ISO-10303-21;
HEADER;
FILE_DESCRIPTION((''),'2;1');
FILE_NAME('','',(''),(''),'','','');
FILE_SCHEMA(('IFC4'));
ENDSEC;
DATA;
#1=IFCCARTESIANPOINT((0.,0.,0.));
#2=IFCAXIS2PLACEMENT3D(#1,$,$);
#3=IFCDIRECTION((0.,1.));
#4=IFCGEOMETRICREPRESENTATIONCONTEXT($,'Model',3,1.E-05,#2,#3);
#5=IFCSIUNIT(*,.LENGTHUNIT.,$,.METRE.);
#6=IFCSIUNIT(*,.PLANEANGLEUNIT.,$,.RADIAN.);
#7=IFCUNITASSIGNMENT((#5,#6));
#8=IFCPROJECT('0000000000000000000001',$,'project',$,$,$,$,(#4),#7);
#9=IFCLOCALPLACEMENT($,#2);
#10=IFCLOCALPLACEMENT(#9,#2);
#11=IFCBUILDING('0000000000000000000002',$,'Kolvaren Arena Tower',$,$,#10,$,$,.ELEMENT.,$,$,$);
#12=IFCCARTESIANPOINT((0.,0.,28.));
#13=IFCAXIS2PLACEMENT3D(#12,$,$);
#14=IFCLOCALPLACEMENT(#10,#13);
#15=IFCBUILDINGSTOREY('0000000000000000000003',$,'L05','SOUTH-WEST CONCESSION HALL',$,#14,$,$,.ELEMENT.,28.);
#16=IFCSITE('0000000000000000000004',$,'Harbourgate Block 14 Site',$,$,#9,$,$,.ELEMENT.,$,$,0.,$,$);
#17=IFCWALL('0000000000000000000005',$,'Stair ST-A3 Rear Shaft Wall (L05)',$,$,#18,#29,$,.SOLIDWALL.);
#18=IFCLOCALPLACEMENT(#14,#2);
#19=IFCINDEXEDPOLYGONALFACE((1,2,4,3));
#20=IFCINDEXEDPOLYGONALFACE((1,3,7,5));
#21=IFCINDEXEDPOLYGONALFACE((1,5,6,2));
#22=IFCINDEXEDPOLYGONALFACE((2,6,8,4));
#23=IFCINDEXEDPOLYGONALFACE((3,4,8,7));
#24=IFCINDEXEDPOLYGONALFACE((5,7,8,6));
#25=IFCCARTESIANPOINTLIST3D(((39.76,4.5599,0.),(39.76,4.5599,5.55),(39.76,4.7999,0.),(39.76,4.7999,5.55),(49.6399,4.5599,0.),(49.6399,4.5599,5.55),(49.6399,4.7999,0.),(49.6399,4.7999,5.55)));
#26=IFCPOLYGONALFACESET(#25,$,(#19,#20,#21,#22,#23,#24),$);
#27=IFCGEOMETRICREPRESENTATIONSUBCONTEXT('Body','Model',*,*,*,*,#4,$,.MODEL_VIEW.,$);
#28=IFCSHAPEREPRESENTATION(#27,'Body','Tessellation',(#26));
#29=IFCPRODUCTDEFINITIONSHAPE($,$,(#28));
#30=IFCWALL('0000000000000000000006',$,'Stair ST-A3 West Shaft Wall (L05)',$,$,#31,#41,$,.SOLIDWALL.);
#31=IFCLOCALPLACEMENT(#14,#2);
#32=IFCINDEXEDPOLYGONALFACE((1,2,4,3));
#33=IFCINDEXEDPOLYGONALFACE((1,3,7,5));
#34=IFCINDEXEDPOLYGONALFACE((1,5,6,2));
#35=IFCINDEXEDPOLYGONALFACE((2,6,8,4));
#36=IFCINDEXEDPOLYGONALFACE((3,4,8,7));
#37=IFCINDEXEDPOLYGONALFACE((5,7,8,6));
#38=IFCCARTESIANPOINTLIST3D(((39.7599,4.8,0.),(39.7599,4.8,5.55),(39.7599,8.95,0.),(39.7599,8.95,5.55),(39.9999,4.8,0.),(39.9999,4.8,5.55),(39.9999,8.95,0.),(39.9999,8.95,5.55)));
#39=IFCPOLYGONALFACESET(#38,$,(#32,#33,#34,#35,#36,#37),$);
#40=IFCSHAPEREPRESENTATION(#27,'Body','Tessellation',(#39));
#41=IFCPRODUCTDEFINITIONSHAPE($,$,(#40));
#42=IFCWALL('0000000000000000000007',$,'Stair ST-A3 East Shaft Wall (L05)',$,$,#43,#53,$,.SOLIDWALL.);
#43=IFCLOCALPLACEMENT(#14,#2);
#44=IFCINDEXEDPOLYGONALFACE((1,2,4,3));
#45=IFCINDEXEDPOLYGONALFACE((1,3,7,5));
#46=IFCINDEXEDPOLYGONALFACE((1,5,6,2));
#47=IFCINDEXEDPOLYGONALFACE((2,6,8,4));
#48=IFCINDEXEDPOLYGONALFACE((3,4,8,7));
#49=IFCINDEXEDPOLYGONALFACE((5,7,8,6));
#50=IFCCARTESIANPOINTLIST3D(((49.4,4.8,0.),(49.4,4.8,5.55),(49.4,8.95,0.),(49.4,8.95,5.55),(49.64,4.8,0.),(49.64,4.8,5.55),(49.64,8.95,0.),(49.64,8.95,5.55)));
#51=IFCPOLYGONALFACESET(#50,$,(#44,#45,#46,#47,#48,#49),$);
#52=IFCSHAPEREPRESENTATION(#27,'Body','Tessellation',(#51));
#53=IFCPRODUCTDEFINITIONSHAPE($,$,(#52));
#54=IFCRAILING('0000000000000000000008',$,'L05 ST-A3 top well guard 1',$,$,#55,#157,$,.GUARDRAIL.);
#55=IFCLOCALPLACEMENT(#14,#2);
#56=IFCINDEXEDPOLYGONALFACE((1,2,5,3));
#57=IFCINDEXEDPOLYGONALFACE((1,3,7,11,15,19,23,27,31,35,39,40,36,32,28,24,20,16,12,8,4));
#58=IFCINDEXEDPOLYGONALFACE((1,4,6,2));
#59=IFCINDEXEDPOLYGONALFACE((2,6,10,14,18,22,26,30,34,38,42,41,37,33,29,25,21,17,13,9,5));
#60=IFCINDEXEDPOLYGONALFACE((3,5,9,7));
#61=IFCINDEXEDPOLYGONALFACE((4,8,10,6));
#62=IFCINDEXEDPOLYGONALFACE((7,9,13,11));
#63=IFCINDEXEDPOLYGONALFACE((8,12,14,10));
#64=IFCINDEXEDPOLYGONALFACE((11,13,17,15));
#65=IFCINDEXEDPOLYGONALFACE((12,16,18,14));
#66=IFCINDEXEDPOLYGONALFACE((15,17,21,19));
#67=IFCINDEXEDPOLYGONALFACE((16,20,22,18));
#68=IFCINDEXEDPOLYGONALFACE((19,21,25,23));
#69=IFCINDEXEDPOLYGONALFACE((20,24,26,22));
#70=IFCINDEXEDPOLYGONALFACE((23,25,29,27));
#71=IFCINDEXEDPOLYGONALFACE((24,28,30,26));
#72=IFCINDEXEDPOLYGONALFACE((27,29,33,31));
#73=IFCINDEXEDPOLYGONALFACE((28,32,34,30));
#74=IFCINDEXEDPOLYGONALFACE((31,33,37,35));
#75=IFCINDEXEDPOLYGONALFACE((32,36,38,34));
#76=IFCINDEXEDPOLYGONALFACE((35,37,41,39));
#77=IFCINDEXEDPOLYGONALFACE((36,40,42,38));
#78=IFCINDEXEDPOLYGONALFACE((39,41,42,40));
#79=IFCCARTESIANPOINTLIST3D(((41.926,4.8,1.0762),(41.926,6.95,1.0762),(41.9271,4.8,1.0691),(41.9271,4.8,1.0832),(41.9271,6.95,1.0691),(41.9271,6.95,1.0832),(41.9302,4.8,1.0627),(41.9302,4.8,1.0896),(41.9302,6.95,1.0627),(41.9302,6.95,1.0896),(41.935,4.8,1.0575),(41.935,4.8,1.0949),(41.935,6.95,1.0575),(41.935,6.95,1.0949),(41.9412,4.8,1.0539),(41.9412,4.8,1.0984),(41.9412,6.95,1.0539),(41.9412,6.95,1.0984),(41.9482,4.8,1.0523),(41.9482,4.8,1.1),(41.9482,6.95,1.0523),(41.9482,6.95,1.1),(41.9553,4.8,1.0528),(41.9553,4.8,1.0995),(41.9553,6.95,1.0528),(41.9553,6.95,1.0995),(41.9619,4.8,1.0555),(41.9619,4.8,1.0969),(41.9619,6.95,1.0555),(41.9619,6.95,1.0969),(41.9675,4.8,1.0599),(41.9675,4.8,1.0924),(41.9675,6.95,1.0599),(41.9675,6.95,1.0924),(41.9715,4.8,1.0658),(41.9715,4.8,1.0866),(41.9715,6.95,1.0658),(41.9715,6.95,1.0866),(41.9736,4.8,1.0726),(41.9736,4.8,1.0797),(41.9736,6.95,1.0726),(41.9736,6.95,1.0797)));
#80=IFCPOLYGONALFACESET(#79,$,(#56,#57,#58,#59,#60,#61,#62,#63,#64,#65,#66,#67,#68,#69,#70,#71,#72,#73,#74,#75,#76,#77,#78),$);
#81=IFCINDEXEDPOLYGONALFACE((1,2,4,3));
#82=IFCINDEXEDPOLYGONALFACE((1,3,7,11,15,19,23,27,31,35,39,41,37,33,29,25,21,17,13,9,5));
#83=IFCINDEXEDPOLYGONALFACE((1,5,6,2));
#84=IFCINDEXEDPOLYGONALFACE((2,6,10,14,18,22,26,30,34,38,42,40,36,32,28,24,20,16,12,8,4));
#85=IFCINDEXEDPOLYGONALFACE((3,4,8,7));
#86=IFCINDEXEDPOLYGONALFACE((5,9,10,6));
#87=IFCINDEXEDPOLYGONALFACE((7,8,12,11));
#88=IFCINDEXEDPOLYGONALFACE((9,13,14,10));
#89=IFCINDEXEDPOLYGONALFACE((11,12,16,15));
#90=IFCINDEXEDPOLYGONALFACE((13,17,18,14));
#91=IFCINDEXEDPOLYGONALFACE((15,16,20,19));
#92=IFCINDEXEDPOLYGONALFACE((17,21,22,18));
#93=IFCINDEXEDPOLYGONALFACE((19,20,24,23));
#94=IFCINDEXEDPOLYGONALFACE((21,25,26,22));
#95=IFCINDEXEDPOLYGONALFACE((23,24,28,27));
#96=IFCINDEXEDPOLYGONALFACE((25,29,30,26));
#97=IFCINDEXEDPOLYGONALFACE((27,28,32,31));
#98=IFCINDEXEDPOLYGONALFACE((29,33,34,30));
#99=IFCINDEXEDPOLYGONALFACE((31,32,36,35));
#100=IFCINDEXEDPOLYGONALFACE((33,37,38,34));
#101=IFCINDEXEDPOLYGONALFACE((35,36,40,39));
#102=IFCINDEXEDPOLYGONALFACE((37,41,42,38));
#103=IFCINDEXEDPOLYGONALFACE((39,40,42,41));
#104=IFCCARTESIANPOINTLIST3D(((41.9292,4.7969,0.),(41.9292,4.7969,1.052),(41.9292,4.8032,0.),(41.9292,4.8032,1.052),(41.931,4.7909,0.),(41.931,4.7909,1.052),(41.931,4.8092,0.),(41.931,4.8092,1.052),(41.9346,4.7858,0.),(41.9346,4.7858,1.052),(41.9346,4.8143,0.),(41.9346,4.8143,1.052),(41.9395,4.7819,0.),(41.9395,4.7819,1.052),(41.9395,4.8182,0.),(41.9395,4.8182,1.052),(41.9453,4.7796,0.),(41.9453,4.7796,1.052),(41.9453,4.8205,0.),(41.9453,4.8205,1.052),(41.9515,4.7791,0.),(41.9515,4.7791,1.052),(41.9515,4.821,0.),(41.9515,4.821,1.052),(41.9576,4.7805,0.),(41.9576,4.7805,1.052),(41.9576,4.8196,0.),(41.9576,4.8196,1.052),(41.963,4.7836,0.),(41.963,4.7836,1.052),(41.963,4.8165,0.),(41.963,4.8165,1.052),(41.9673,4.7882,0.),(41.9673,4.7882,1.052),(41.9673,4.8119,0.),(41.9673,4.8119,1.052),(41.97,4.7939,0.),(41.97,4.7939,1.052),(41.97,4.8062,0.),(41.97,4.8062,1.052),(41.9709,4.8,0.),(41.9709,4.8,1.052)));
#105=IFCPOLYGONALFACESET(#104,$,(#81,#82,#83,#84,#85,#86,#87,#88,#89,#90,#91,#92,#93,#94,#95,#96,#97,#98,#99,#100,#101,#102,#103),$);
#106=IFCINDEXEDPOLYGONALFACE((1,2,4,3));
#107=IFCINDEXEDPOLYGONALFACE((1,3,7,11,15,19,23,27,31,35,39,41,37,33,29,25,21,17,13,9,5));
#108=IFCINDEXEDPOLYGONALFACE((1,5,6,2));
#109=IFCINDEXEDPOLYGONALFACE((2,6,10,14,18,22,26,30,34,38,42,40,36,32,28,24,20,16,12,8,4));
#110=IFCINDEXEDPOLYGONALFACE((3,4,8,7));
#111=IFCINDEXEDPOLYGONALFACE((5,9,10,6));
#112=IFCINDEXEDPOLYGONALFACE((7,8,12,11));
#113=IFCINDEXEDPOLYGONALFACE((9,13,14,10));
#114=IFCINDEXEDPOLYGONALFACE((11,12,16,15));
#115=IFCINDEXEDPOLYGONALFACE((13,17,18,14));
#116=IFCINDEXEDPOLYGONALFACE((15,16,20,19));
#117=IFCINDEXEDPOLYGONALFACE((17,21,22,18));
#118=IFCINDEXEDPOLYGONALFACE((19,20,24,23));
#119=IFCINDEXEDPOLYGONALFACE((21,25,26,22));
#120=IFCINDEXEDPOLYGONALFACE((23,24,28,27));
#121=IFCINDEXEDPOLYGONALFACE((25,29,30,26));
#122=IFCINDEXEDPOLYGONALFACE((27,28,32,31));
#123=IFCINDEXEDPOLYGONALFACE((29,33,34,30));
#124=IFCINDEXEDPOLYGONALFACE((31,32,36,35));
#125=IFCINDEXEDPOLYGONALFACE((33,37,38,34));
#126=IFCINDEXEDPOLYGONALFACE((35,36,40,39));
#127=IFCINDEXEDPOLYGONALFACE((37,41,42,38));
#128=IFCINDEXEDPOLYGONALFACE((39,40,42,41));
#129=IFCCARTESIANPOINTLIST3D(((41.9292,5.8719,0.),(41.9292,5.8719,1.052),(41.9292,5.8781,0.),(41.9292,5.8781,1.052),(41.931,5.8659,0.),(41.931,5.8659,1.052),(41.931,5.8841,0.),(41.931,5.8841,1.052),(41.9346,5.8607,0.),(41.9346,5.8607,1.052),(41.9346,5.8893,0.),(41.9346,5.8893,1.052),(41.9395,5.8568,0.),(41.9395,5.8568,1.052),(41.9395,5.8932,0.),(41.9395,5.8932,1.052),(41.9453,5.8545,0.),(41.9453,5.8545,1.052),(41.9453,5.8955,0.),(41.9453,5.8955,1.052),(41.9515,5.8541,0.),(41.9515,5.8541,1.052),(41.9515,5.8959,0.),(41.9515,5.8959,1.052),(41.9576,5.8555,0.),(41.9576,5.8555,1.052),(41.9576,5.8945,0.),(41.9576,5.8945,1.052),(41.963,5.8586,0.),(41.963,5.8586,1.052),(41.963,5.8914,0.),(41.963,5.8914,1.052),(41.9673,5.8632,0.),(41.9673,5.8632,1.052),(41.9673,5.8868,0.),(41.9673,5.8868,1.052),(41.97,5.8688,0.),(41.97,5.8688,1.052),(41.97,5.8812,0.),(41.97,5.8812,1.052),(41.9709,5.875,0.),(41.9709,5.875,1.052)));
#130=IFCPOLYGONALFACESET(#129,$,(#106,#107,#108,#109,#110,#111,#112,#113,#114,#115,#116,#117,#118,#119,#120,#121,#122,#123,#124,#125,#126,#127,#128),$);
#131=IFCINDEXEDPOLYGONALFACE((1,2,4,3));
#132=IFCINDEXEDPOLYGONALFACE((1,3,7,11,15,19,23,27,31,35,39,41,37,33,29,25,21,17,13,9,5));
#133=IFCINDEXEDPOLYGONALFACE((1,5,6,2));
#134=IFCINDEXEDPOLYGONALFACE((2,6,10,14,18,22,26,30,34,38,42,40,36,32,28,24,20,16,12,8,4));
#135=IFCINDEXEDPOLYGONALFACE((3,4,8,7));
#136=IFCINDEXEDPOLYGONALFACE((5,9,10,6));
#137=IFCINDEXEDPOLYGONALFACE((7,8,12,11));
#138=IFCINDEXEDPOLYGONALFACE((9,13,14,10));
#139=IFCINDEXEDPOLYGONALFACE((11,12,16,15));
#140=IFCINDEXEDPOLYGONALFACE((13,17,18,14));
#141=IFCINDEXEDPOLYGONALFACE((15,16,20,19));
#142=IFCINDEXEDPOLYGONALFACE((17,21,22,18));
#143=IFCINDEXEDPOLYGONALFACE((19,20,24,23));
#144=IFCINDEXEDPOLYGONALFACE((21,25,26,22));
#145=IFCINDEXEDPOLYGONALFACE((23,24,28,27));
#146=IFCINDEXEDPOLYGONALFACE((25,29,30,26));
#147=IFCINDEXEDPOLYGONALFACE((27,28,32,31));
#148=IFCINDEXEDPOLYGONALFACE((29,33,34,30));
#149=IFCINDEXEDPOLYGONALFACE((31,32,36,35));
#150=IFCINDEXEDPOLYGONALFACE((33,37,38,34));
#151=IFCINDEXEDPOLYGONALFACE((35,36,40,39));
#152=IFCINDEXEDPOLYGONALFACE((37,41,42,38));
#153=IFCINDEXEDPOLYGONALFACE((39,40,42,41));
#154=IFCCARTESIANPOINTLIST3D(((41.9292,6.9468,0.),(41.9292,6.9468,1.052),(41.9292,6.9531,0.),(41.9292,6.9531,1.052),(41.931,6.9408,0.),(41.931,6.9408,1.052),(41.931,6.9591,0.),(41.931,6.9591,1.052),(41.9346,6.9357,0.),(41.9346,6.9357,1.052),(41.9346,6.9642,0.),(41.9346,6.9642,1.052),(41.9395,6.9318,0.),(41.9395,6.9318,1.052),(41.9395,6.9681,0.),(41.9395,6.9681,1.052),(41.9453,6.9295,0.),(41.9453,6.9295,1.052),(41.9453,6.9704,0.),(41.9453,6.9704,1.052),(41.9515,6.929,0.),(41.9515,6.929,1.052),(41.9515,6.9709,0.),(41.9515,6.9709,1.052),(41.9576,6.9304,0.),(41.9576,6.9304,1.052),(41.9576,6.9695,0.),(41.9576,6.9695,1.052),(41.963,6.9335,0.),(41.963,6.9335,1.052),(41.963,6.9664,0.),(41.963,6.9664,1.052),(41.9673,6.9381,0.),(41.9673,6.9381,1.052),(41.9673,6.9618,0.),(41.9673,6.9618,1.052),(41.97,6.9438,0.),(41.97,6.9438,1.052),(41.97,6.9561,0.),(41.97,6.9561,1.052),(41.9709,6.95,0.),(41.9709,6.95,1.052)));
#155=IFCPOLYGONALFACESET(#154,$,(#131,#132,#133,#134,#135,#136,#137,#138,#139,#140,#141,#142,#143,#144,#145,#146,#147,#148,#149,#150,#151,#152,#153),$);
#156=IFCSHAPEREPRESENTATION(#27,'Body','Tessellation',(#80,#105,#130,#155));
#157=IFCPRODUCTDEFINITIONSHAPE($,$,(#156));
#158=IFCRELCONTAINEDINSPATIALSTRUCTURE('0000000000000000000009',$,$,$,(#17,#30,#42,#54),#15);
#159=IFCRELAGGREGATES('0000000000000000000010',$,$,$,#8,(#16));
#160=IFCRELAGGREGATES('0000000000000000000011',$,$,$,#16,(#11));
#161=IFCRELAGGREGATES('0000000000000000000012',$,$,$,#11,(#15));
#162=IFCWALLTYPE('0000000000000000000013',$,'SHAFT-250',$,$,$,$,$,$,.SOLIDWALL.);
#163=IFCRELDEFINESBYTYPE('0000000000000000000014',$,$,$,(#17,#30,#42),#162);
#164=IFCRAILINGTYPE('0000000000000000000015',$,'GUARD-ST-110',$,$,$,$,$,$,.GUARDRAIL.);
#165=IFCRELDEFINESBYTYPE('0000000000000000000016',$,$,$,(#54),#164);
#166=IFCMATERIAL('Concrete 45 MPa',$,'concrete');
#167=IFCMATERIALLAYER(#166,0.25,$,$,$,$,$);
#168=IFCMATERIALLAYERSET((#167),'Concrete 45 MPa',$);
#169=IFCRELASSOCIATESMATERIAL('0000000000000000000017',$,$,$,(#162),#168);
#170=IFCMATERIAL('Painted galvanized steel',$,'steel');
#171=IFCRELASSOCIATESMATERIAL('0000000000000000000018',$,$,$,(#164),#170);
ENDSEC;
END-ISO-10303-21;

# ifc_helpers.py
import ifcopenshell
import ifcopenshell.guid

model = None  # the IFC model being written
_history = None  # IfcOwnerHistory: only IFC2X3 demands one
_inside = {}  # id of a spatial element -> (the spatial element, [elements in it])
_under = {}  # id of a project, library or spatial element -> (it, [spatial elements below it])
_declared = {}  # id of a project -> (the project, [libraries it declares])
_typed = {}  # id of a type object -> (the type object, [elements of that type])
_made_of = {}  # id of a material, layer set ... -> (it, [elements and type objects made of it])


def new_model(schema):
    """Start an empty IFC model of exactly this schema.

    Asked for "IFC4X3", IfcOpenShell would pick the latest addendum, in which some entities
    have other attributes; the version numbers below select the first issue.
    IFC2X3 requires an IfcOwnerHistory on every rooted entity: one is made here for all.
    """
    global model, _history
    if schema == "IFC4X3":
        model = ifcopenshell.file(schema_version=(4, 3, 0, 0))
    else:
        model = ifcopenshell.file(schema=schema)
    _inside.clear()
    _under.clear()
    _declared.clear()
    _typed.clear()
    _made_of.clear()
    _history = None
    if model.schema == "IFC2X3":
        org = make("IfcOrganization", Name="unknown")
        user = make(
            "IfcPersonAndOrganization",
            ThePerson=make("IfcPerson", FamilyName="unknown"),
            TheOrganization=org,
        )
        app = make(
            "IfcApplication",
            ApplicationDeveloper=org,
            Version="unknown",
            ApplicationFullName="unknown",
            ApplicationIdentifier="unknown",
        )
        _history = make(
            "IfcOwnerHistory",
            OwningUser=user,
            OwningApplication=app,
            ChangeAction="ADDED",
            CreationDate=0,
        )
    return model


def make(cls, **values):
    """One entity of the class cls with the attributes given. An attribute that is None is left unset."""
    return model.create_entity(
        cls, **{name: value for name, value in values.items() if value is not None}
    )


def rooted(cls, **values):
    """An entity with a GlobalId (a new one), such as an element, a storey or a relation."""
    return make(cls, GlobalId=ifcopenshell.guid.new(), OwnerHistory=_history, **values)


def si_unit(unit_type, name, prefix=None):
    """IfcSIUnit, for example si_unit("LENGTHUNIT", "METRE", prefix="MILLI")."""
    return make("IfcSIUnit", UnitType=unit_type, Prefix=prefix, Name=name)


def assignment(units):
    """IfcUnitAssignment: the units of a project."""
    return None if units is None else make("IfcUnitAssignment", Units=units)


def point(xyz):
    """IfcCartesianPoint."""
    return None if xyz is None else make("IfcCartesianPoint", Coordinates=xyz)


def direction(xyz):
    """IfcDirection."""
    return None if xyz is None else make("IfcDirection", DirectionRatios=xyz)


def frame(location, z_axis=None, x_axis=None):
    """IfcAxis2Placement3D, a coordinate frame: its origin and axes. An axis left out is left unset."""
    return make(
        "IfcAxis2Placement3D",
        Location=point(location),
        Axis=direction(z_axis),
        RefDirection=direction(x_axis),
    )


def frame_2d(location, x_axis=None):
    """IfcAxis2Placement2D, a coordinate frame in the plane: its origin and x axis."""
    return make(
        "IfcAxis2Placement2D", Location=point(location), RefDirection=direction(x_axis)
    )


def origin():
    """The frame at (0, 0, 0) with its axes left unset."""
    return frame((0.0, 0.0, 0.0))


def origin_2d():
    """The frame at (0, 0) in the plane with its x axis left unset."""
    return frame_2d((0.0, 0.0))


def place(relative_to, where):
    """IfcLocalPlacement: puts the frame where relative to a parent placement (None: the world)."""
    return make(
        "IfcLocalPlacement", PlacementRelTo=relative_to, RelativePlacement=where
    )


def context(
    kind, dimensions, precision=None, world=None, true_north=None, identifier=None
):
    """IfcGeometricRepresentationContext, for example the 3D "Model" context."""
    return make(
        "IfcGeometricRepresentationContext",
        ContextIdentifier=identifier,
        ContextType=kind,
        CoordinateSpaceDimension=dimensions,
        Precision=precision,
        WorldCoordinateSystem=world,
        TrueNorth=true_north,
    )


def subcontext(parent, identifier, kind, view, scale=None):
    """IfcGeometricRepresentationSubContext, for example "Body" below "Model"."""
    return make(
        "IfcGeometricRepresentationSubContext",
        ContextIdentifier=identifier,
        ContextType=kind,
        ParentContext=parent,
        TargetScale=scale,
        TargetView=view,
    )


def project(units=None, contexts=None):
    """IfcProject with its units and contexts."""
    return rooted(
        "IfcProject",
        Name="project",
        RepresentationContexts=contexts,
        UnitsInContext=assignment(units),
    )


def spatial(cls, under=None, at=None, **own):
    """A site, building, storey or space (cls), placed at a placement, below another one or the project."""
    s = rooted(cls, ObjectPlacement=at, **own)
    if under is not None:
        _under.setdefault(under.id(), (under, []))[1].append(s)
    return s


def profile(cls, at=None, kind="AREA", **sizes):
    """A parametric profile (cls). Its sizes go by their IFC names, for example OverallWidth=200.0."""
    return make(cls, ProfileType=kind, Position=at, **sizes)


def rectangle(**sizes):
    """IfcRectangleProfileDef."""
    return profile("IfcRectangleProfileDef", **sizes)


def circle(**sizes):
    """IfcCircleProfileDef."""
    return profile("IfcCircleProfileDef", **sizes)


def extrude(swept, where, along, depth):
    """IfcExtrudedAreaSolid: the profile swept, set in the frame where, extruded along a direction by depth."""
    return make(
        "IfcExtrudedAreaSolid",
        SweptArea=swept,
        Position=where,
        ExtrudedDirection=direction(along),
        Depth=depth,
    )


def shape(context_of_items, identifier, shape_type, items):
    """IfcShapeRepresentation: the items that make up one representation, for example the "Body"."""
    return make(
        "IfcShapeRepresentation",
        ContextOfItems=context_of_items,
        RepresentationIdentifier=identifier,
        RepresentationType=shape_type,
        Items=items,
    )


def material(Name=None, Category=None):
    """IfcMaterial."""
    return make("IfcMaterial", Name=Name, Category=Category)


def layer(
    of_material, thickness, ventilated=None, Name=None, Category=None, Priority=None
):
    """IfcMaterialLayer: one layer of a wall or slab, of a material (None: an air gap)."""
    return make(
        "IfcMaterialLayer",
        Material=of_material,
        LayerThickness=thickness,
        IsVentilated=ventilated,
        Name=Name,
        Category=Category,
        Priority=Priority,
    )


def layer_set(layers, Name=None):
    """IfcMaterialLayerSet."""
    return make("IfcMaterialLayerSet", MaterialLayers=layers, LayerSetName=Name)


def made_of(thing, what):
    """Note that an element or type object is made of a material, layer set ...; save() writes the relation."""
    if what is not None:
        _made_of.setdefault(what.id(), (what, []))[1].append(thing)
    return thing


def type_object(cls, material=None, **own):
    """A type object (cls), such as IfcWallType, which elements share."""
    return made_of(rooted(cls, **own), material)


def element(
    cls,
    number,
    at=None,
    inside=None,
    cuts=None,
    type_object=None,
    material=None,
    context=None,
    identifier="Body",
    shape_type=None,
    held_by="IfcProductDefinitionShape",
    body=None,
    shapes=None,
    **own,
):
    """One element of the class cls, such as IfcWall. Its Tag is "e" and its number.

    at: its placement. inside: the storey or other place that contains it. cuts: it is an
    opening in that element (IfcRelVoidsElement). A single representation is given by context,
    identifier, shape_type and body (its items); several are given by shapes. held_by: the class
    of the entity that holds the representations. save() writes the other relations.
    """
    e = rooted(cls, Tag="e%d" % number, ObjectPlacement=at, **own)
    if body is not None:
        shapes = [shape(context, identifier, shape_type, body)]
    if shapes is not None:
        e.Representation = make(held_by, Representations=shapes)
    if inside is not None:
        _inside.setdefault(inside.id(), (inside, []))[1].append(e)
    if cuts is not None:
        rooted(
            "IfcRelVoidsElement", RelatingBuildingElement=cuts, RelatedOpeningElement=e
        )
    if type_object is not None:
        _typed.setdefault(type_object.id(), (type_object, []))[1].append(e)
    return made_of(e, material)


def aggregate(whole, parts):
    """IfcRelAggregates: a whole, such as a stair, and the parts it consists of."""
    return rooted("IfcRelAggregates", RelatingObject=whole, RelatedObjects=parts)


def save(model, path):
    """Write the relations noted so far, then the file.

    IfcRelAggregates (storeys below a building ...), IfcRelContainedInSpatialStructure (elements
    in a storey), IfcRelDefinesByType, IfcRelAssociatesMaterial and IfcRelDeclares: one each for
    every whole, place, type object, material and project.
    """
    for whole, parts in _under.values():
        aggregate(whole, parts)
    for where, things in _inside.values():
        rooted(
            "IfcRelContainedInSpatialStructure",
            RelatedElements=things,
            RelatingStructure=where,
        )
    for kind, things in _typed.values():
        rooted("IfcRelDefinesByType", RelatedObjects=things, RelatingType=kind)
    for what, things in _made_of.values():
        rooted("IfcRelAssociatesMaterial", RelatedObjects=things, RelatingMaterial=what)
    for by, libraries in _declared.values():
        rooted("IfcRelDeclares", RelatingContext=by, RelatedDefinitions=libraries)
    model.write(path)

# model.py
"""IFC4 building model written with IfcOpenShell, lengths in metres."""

from ifc_helpers import new_model, si_unit, direction, frame, frame_2d, origin, origin_2d, place, context, subcontext, project, spatial, rectangle, circle, extrude, material, layer, layer_set, type_object, element, save


model = new_model("IFC4")

# Units and contexts
model_context = context("Model", 3, precision=1e-05, world=origin(), true_north=direction((0.0, 1.0)))
body_context = subcontext(model_context, "Body", "Model", "MODEL_VIEW")
ifc_project = project(units=[si_unit("LENGTHUNIT", "METRE"), si_unit("PLANEANGLEUNIT", "RADIAN")], contexts=[model_context])

# Site, building, storey
site_placement = place(None, origin())
site = spatial("IfcSite", under=ifc_project, at=site_placement, Name="Harbourgate Block 14 Site", CompositionType="ELEMENT", RefElevation=0.0)
building_placement = place(site_placement, origin())
building = spatial("IfcBuilding", under=site, at=building_placement, Name="Kolvaren Arena Tower", CompositionType="ELEMENT")
storey_placement = place(building_placement, frame((0.0, 0.0, 28.0)))
storey = spatial("IfcBuildingStorey", under=building, at=storey_placement, Name="L05", Description="SOUTH-WEST CONCESSION HALL", CompositionType="ELEMENT", Elevation=28.0)

# Shared definitions
ifc_material_1 = material(Name="Concrete 45 MPa", Category="concrete")
ifc_layer_1 = layer(ifc_material_1, 0.25)
ifc_layer_set_1 = layer_set([ifc_layer_1], Name="Concrete 45 MPa")
wall_type_1 = type_object("IfcWallType", Name="SHAFT-250", PredefinedType="SOLIDWALL", material=ifc_layer_set_1)

# Walls
wall_1_placement = place(storey_placement, frame((39.76, 4.6799, 0.0), z_axis=(0.0, 0.0, 1.0), x_axis=(1.0, 0.0, 0.0)))
element("IfcWall", 1, at=wall_1_placement, inside=storey, type_object=wall_type_1, Name="Stair ST-A3 Rear Shaft Wall (L05)", PredefinedType="SOLIDWALL", context=body_context, shape_type="SweptSolid", body=[
    extrude(rectangle(XDim=9.8799, YDim=0.24, at=frame_2d((4.9399, 0.0))), origin(), (0.0, 0.0, 1.0), 5.55),
])
for number, where, z_axis, x_axis, name in (
    (2, (39.8799, 4.8, 0.0), (0.0, 0.0, 1.0), (0.0, 1.0, 0.0), "Stair ST-A3 West Shaft Wall (L05)"),
    (3, (49.52, 4.8, 0.0), (0.0, 0.0, 1.0), (0.0, 1.0, 0.0), "Stair ST-A3 East Shaft Wall (L05)"),
):
    element("IfcWall", number, at=place(storey_placement, frame(where, z_axis=z_axis, x_axis=x_axis)), inside=storey, type_object=wall_type_1, Name=name, PredefinedType="SOLIDWALL", context=body_context, shape_type="SweptSolid", body=[
        extrude(rectangle(XDim=4.1499, YDim=0.24, at=frame_2d((2.075, 0.0))), origin(), (0.0, 0.0, 1.0), 5.55),
    ])

# Railing
ifc_material_2 = material(Name="Painted galvanized steel", Category="steel")
railing_type = type_object("IfcRailingType", Name="GUARD-ST-110", PredefinedType="GUARDRAIL", material=ifc_material_2)
railing_placement = place(storey_placement, frame((41.95, 4.8, 0.0)))
element("IfcRailing", 4, at=railing_placement, inside=storey, type_object=railing_type, Name="L05 ST-A3 top well guard 1", PredefinedType="GUARDRAIL", context=body_context, shape_type="SweptSolid", body=[
    extrude(circle(Radius=0.0239, at=origin_2d()), frame((0.0, 0.0, 1.0762), z_axis=(0.0, 1.0, 0.0), x_axis=(-1.0, 0.0, 0.0)), (0.0, 0.0, 1.0), 2.1499),
    extrude(circle(Radius=0.021, at=origin_2d()), origin(), (0.0, 0.0, 1.0), 1.052),
    extrude(circle(Radius=0.021, at=origin_2d()), frame((0.0, 1.075, 0.0)), (0.0, 0.0, 1.0), 1.052),
    extrude(circle(Radius=0.021, at=origin_2d()), frame((0.0, 2.1499, 0.0)), (0.0, 0.0, 1.0), 1.052),
])

save(model, "model.ifc")
